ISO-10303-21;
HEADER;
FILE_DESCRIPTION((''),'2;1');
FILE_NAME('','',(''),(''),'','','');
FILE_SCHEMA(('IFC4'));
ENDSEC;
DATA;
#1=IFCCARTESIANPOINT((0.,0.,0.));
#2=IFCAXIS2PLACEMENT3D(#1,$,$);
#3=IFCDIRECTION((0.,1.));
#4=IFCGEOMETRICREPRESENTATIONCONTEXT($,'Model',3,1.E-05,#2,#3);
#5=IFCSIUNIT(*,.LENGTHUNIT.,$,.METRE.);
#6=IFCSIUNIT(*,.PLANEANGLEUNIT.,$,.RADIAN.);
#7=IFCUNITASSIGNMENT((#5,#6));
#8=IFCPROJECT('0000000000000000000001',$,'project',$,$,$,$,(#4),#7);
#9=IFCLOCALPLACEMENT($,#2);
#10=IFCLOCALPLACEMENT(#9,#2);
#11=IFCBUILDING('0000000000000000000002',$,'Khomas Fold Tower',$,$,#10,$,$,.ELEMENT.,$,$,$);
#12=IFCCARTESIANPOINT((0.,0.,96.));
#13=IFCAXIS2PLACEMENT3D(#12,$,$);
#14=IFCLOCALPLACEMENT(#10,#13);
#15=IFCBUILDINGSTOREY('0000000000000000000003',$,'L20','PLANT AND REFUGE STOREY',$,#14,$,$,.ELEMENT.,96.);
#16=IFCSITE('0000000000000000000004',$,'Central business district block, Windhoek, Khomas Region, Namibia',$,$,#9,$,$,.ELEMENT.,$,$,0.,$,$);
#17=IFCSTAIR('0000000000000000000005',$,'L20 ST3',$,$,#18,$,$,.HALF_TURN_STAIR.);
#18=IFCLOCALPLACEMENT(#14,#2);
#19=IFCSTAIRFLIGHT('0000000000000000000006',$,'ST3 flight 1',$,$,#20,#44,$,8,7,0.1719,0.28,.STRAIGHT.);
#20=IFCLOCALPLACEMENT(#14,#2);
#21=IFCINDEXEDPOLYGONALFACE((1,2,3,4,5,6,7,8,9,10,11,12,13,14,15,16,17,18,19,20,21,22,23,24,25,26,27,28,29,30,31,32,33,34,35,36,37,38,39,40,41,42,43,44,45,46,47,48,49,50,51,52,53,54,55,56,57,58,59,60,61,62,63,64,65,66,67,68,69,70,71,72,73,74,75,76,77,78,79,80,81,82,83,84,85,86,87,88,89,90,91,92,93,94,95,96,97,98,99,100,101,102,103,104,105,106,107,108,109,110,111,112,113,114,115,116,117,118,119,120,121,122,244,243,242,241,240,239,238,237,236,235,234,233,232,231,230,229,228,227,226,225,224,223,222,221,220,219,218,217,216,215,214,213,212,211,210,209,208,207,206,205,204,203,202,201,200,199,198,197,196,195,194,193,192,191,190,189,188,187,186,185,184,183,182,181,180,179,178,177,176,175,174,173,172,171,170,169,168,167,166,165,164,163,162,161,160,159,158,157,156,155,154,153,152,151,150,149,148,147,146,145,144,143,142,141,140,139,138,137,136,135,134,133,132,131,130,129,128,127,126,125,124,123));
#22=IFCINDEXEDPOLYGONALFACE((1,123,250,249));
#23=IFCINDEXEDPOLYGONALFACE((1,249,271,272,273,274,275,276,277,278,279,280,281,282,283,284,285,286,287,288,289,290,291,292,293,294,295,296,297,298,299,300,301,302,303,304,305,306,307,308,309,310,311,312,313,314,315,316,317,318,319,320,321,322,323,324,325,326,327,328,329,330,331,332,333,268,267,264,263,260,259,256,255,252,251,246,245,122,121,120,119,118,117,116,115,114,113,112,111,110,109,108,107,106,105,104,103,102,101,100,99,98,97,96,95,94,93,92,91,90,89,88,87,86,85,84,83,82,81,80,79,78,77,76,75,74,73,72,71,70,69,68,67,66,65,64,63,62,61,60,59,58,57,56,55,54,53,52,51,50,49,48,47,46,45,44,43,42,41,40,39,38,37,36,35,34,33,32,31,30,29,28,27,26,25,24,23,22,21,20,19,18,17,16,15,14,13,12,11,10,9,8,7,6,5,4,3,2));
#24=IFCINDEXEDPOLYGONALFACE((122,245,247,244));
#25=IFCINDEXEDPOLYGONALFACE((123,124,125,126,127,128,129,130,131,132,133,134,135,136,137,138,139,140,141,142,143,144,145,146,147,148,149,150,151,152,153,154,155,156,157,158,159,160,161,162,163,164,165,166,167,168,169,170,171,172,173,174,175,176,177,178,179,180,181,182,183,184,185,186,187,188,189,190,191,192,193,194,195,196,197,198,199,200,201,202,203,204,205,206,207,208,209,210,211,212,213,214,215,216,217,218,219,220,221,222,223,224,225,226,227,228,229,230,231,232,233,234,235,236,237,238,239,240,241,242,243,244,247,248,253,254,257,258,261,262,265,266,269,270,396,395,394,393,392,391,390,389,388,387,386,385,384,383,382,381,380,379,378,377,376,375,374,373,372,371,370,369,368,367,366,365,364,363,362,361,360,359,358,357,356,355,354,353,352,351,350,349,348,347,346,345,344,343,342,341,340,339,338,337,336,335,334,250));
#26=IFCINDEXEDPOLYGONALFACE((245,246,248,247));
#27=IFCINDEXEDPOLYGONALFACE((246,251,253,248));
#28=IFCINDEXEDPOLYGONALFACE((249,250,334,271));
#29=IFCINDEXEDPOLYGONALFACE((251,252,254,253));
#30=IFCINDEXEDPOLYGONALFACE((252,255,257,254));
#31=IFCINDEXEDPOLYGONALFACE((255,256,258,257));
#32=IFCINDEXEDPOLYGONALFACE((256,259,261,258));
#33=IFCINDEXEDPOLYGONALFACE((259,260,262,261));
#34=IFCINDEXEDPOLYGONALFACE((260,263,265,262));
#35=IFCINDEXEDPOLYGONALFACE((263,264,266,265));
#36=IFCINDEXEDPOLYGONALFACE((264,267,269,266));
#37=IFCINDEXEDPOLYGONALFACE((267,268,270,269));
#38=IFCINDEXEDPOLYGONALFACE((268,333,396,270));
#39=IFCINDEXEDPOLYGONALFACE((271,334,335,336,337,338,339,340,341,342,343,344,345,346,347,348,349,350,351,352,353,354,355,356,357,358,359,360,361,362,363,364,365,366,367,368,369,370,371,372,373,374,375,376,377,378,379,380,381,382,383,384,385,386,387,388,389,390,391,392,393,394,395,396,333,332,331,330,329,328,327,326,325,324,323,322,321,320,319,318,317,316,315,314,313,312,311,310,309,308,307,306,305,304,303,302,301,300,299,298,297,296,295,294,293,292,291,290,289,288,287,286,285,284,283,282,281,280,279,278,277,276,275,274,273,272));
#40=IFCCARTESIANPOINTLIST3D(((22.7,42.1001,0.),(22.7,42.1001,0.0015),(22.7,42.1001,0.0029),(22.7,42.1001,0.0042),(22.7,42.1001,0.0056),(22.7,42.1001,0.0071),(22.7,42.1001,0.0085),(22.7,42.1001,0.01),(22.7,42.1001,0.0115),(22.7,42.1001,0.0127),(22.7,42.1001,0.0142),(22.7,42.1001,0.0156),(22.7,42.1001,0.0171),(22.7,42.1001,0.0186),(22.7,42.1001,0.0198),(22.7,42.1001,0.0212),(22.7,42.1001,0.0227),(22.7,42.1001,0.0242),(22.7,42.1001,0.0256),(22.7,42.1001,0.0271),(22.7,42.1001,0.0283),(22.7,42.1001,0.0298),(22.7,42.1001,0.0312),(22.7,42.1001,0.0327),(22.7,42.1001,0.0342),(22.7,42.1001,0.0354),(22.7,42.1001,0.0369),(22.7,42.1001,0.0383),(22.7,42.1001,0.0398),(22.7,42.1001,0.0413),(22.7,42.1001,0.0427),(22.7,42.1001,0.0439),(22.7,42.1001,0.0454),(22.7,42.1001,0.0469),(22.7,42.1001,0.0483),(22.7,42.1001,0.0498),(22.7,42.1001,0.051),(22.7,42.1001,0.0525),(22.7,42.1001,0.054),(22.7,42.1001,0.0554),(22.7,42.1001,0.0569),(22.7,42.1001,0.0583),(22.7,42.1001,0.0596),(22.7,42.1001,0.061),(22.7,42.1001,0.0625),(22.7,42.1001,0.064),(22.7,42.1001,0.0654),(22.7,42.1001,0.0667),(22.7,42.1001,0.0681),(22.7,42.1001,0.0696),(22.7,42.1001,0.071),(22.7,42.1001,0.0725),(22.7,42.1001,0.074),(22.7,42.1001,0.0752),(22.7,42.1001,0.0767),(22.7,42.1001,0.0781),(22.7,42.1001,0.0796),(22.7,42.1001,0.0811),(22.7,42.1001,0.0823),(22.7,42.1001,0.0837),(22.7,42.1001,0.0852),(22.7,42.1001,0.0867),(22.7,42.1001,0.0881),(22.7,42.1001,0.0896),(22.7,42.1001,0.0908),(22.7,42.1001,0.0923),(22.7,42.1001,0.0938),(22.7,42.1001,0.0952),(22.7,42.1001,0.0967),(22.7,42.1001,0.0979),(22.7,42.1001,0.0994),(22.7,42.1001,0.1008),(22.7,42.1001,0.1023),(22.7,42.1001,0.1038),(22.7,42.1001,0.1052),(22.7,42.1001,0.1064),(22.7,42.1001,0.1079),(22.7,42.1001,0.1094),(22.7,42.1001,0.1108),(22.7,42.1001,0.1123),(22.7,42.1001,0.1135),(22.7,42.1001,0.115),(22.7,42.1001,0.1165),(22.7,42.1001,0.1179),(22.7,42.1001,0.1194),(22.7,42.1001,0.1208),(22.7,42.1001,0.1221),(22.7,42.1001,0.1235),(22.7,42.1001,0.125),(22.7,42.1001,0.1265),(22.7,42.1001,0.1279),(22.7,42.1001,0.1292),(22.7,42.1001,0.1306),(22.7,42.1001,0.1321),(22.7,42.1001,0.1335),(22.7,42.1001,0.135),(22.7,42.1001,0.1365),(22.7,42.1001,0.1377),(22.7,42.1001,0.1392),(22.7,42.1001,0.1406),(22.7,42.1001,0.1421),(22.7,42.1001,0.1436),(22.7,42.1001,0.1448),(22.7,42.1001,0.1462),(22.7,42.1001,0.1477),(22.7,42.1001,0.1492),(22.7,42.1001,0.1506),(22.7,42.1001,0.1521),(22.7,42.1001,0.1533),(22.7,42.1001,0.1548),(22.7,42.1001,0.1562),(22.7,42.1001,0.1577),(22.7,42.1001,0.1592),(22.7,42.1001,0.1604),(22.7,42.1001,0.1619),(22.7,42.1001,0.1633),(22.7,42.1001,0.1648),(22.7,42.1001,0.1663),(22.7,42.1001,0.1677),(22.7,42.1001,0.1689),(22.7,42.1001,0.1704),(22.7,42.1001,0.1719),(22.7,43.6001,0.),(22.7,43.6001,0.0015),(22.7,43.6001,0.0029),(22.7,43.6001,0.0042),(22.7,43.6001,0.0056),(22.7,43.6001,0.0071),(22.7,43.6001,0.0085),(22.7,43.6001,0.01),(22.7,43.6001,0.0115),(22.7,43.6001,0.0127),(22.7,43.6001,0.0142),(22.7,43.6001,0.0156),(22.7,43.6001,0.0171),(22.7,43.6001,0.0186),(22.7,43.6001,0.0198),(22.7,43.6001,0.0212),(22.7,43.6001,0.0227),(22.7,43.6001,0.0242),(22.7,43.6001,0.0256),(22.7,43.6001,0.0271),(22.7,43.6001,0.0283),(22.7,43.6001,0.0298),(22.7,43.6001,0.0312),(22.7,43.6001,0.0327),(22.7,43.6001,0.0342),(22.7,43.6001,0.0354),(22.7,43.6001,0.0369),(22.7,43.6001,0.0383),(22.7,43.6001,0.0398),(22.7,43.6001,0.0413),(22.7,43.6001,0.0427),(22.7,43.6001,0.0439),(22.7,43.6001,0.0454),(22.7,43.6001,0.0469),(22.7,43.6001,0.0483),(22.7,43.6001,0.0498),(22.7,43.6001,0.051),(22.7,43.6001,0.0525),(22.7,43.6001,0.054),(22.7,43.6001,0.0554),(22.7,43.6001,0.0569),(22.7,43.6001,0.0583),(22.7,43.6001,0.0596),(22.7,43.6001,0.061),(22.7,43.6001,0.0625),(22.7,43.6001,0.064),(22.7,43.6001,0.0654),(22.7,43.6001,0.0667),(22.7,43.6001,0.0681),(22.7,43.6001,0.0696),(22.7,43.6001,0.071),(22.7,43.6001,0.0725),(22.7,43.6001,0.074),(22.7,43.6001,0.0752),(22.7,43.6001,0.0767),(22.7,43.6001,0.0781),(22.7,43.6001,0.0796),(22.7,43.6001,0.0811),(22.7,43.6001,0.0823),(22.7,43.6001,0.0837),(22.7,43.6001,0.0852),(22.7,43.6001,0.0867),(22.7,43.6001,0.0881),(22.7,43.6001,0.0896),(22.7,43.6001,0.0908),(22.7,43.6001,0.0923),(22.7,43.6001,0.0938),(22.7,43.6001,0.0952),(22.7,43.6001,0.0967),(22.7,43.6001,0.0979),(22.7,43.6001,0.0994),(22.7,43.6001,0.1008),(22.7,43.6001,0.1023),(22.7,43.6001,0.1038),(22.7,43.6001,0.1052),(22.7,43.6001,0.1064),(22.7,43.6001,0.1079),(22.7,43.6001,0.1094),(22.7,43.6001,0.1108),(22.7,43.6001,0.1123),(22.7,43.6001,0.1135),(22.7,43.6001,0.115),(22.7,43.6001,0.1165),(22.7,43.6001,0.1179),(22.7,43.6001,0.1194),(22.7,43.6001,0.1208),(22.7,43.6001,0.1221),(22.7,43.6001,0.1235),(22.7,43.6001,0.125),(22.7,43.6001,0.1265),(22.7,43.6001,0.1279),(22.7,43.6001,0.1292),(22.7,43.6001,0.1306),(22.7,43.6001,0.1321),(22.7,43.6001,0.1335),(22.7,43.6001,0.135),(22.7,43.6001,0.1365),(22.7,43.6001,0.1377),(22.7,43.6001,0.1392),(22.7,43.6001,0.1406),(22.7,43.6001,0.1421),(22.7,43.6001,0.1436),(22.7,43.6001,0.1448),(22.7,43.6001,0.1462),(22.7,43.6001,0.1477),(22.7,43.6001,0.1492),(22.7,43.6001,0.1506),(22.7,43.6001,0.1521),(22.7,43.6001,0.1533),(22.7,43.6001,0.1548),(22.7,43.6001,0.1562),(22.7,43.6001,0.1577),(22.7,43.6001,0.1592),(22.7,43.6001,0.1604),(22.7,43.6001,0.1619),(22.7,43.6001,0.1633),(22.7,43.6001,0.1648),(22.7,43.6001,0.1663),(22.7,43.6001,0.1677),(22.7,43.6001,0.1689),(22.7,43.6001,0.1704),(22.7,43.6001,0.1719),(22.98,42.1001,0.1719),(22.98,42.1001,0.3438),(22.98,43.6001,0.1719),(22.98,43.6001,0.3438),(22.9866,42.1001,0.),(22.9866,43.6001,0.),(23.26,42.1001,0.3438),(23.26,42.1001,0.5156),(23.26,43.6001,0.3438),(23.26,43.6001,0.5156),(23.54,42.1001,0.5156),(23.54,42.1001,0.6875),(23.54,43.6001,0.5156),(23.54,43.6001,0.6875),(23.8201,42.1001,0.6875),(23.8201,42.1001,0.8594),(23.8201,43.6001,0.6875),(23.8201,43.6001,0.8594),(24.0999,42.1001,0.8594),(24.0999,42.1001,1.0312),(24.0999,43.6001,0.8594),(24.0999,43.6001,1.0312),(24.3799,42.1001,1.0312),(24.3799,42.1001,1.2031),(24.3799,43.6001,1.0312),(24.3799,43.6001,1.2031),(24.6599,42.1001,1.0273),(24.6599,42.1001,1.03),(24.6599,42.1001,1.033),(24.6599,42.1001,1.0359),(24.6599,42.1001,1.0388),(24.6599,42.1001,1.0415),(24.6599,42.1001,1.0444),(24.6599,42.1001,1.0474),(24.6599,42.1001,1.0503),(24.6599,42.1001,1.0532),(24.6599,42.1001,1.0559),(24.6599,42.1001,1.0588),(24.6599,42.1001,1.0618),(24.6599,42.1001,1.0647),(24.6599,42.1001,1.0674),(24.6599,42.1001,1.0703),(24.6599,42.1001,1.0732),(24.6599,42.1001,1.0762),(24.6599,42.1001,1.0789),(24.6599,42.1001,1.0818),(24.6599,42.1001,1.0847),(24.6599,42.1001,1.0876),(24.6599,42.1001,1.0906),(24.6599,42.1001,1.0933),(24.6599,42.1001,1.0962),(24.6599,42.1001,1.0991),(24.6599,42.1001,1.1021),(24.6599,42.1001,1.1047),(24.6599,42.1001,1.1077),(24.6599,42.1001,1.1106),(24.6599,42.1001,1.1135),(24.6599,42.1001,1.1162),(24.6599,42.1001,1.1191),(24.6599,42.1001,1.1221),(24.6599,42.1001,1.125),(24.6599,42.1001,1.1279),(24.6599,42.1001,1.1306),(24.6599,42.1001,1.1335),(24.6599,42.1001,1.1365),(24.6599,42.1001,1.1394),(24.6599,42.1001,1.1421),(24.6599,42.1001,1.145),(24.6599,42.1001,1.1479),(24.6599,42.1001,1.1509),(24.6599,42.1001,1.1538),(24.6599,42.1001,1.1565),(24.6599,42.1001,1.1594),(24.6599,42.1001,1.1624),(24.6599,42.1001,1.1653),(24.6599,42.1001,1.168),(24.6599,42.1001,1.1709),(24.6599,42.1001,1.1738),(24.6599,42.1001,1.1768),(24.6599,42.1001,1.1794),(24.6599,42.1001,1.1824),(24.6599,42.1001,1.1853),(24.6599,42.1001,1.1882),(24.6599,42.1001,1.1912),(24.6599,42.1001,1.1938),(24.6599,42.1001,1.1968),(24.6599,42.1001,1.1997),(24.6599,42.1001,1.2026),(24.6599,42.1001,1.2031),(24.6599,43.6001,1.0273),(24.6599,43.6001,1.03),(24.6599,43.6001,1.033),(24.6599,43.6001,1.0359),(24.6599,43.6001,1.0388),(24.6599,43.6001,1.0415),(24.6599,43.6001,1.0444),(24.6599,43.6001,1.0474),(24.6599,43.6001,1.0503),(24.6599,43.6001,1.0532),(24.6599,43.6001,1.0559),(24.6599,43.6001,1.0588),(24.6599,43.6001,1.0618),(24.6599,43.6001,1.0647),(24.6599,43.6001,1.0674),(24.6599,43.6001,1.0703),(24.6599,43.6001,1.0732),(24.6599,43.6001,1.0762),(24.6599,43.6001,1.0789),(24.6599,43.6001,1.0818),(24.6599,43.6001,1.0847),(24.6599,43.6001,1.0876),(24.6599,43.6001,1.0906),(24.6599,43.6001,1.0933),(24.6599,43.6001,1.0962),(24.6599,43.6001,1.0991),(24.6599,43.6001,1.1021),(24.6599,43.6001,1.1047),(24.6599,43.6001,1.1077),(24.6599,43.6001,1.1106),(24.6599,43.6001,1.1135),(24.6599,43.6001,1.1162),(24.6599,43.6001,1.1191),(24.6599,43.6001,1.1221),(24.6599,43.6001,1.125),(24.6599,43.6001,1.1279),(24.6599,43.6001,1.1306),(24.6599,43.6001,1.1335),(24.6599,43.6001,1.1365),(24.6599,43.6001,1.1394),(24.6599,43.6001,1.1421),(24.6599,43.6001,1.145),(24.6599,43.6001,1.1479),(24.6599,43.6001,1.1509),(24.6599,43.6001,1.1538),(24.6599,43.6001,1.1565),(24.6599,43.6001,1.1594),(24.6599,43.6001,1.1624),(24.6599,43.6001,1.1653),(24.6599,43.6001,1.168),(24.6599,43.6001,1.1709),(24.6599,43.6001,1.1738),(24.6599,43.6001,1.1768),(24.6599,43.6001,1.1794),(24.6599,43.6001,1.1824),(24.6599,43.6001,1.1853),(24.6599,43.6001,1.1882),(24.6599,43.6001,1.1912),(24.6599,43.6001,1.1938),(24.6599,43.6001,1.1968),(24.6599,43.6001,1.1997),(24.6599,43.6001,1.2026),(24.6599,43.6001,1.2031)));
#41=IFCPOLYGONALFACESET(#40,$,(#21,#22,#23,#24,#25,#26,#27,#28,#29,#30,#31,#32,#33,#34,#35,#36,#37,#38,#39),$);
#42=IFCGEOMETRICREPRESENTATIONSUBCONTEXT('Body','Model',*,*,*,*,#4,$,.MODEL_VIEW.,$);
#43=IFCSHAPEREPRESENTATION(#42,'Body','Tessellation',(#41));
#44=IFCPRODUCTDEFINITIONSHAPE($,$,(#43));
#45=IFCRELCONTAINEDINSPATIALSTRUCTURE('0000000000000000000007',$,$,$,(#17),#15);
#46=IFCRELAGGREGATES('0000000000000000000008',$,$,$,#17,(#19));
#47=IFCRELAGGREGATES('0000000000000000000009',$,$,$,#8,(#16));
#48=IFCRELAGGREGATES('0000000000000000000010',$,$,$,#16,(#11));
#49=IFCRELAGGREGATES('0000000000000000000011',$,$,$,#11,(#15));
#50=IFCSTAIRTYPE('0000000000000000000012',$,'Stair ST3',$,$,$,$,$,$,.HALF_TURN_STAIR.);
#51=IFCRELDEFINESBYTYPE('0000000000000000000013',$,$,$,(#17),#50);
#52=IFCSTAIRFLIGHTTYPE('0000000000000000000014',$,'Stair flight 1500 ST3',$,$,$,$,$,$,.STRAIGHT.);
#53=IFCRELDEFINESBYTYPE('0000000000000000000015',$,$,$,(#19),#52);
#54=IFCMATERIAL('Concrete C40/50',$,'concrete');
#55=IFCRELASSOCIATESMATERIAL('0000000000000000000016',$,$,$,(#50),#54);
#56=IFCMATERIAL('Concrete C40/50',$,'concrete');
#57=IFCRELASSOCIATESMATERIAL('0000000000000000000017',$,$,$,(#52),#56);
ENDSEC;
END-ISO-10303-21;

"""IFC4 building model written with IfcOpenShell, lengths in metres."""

from ifc_helpers import new_model, si_unit, direction, frame, origin, place, context, subcontext, project, spatial, polyline, outline, extrude, source, transform, mapped, material, type_object, element, aggregate, save


model = new_model("IFC4")

# Units and contexts
model_context = context("Model", 3, precision=1e-05, world=origin(), true_north=direction((0.0, 1.0)))
body_context = subcontext(model_context, "Body", "Model", "MODEL_VIEW")
ifc_project = project(units=[si_unit("LENGTHUNIT", "METRE"), si_unit("PLANEANGLEUNIT", "RADIAN")], contexts=[model_context])

# Site, building, storey
site_placement = place(None, origin())
site = spatial("IfcSite", under=ifc_project, at=site_placement, Name="Central business district block, Windhoek, Khomas Region, Namibia", CompositionType="ELEMENT", RefElevation=0.0)
building_placement = place(site_placement, origin())
building = spatial("IfcBuilding", under=site, at=building_placement, Name="Khomas Fold Tower", CompositionType="ELEMENT")
storey_placement = place(building_placement, frame((0.0, 0.0, 96.0)))
storey = spatial("IfcBuildingStorey", under=building, at=storey_placement, Name="L20", Description="PLANT AND REFUGE STOREY", CompositionType="ELEMENT", Elevation=96.0)

# Shared definitions
shared_shape_1 = source(origin(), body_context, "Body", "SweptSolid", [
    extrude(outline(polyline([(0.0, 0.0), (0.0, 0.0015), (0.0, 0.0029), (0.0, 0.0042), (0.0, 0.0056), (0.0, 0.0071), (0.0, 0.0085), (0.0, 0.01), (0.0, 0.0115), (0.0, 0.0127), (0.0, 0.0142), (0.0, 0.0156), (0.0, 0.0171), (0.0, 0.0186), (0.0, 0.0198), (0.0, 0.0212), (0.0, 0.0227), (0.0, 0.0242), (0.0, 0.0256), (0.0, 0.0271), (0.0, 0.0283), (0.0, 0.0298), (0.0, 0.0312), (0.0, 0.0327), (0.0, 0.0342), (0.0, 0.0354), (0.0, 0.0369), (0.0, 0.0383), (0.0, 0.0398), (0.0, 0.0413), (0.0, 0.0427), (0.0, 0.0439), (0.0, 0.0454), (0.0, 0.0469), (0.0, 0.0483), (0.0, 0.0498), (0.0, 0.051), (0.0, 0.0525), (0.0, 0.054), (0.0, 0.0554), (0.0, 0.0569), (0.0, 0.0583), (0.0, 0.0596), (0.0, 0.061), (0.0, 0.0625), (0.0, 0.064), (0.0, 0.0654), (0.0, 0.0667), (0.0, 0.0681), (0.0, 0.0696), (0.0, 0.071), (0.0, 0.0725), (0.0, 0.074), (0.0, 0.0752), (0.0, 0.0767), (0.0, 0.0781), (0.0, 0.0796), (0.0, 0.0811), (0.0, 0.0823), (0.0, 0.0837), (0.0, 0.0852), (0.0, 0.0867), (0.0, 0.0881), (0.0, 0.0896), (0.0, 0.0908), (0.0, 0.0923), (0.0, 0.0938), (0.0, 0.0952), (0.0, 0.0967), (0.0, 0.0979), (0.0, 0.0994), (0.0, 0.1008), (0.0, 0.1023), (0.0, 0.1038), (0.0, 0.1052), (0.0, 0.1064), (0.0, 0.1079), (0.0, 0.1094), (0.0, 0.1108), (0.0, 0.1123), (0.0, 0.1135), (0.0, 0.115), (0.0, 0.1165), (0.0, 0.1179), (0.0, 0.1194), (0.0, 0.1208), (0.0, 0.1221), (0.0, 0.1235), (0.0, 0.125), (0.0, 0.1265), (0.0, 0.1279), (0.0, 0.1292), (0.0, 0.1306), (0.0, 0.1321), (0.0, 0.1335), (0.0, 0.135), (0.0, 0.1365), (0.0, 0.1377), (0.0, 0.1392), (0.0, 0.1406), (0.0, 0.1421), (0.0, 0.1436), (0.0, 0.1448), (0.0, 0.1462), (0.0, 0.1477), (0.0, 0.1492), (0.0, 0.1506), (0.0, 0.1521), (0.0, 0.1533), (0.0, 0.1548), (0.0, 0.1562), (0.0, 0.1577), (0.0, 0.1592), (0.0, 0.1604), (0.0, 0.1619), (0.0, 0.1633), (0.0, 0.1648), (0.0, 0.1663), (0.0, 0.1677), (0.0, 0.1689), (0.0, 0.1704), (0.0, 0.1719), (0.28, 0.1719), (0.28, 0.3438), (0.5601, 0.3438), (0.5601, 0.5156), (0.8401, 0.5156), (0.8401, 0.6875), (1.1201, 0.6875), (1.1201, 0.8594), (1.3999, 0.8594), (1.3999, 1.0312), (1.6799, 1.0312), (1.6799, 1.2031), (1.96, 1.2031), (1.96, 1.375), (1.96, 1.3721), (1.96, 1.3691), (1.96, 1.3665), (1.96, 1.3635), (1.96, 1.3606), (1.96, 1.3577), (1.96, 1.355), (1.96, 1.3521), (1.96, 1.3491), (1.96, 1.3462), (1.96, 1.3435), (1.96, 1.3406), (1.96, 1.3376), (1.96, 1.3347), (1.96, 1.3318), (1.96, 1.3291), (1.96, 1.3262), (1.96, 1.3232), (1.96, 1.3203), (1.96, 1.3176), (1.96, 1.3147), (1.96, 1.3118), (1.96, 1.3088), (1.96, 1.3059), (1.96, 1.3032), (1.96, 1.3003), (1.96, 1.2974), (1.96, 1.2944), (1.96, 1.2917), (1.96, 1.2888), (1.96, 1.2859), (1.96, 1.283), (1.96, 1.2803), (1.96, 1.2773), (1.96, 1.2744), (1.96, 1.2715), (1.96, 1.2686), (1.96, 1.2659), (1.96, 1.2629), (1.96, 1.26), (1.96, 1.2571), (1.96, 1.2544), (1.96, 1.2515), (1.96, 1.2485), (1.96, 1.2456), (1.96, 1.2427), (1.96, 1.24), (1.96, 1.2371), (1.96, 1.2341), (1.96, 1.2312), (1.96, 1.2285), (1.96, 1.2256), (1.96, 1.2227), (1.96, 1.2197), (1.96, 1.217), (1.96, 1.2141), (1.96, 1.2112), (1.96, 1.2083), (1.96, 1.2053), (1.96, 1.2026), (1.96, 1.1997), (1.96, 1.1968), (1.96, 1.1938), (1.96, 1.1912), (1.96, 1.1882), (1.96, 1.1853), (1.96, 1.1824), (1.96, 1.1794), (1.96, 1.1768), (1.96, 1.1738), (1.96, 1.1709), (1.96, 1.168), (1.96, 1.1653), (1.96, 1.1624), (1.96, 1.1594), (1.96, 1.1565), (1.96, 1.1538), (1.96, 1.1509), (1.96, 1.1479), (1.96, 1.145), (1.96, 1.1421), (1.96, 1.1394), (1.96, 1.1365), (1.96, 1.1335), (1.96, 1.1306), (1.96, 1.1279), (1.96, 1.125), (1.96, 1.1221), (1.96, 1.1191), (1.96, 1.1162), (1.96, 1.1135), (1.96, 1.1106), (1.96, 1.1077), (1.96, 1.1047), (1.96, 1.1021), (1.96, 1.0991), (1.96, 1.0962), (1.96, 1.0933), (1.96, 1.0906), (1.96, 1.0876), (1.96, 1.0847), (1.96, 1.0818), (1.96, 1.0789), (1.96, 1.0762), (1.96, 1.0732), (1.96, 1.0703), (1.96, 1.0674), (1.96, 1.0647), (1.96, 1.0618), (1.96, 1.0588), (1.96, 1.0559), (1.96, 1.0532), (1.96, 1.0503), (1.96, 1.0474), (1.96, 1.0444), (1.96, 1.0415), (1.96, 1.0388), (1.96, 1.0359), (1.96, 1.033), (1.96, 1.03), (1.96, 1.0273), (0.2866, 0.0), (0.0, 0.0)])), frame((0.0, 0.75, 0.0), z_axis=(0.0, -1.0, 0.0), x_axis=(1.0, 0.0, 0.0)), (0.0, 0.0, 1.0), 1.5),
])

# Stair, stair flight
ifc_material_1 = material(Name="Concrete C40/50", Category="concrete")
stair_type_1 = type_object("IfcStairType", Name="Stair ST3", PredefinedType="HALF_TURN_STAIR", material=ifc_material_1)
stair_1_placement = place(storey_placement, origin())
stair_1 = element("IfcStair", 1, at=stair_1_placement, inside=storey, type_object=stair_type_1, Name="L20 ST3", PredefinedType="HALF_TURN_STAIR")
ifc_material_2 = material(Name="Concrete C40/50", Category="concrete")
stair_flight_type_1 = type_object("IfcStairFlightType", Name="Stair flight 1500 ST3", PredefinedType="STRAIGHT", material=ifc_material_2)
stair_flight_1_placement = place(storey_placement, frame((22.7, 42.8501, 0.0), z_axis=(0.0, 0.0, 1.0), x_axis=(1.0, 0.0, 0.0)))
stair_flight_1 = element("IfcStairFlight", 2, at=stair_flight_1_placement, type_object=stair_flight_type_1, Name="ST3 flight 1", NumberOfRisers=8, NumberOfTreads=7, PredefinedType="STRAIGHT", RiserHeight=0.1719, TreadLength=0.28, context=body_context, shape_type="MappedRepresentation", body=[
    mapped(shared_shape_1, transform((0.0, 0.0, 0.0))),
])
aggregate(stair_1, [stair_flight_1])

save(model, "model.ifc")
